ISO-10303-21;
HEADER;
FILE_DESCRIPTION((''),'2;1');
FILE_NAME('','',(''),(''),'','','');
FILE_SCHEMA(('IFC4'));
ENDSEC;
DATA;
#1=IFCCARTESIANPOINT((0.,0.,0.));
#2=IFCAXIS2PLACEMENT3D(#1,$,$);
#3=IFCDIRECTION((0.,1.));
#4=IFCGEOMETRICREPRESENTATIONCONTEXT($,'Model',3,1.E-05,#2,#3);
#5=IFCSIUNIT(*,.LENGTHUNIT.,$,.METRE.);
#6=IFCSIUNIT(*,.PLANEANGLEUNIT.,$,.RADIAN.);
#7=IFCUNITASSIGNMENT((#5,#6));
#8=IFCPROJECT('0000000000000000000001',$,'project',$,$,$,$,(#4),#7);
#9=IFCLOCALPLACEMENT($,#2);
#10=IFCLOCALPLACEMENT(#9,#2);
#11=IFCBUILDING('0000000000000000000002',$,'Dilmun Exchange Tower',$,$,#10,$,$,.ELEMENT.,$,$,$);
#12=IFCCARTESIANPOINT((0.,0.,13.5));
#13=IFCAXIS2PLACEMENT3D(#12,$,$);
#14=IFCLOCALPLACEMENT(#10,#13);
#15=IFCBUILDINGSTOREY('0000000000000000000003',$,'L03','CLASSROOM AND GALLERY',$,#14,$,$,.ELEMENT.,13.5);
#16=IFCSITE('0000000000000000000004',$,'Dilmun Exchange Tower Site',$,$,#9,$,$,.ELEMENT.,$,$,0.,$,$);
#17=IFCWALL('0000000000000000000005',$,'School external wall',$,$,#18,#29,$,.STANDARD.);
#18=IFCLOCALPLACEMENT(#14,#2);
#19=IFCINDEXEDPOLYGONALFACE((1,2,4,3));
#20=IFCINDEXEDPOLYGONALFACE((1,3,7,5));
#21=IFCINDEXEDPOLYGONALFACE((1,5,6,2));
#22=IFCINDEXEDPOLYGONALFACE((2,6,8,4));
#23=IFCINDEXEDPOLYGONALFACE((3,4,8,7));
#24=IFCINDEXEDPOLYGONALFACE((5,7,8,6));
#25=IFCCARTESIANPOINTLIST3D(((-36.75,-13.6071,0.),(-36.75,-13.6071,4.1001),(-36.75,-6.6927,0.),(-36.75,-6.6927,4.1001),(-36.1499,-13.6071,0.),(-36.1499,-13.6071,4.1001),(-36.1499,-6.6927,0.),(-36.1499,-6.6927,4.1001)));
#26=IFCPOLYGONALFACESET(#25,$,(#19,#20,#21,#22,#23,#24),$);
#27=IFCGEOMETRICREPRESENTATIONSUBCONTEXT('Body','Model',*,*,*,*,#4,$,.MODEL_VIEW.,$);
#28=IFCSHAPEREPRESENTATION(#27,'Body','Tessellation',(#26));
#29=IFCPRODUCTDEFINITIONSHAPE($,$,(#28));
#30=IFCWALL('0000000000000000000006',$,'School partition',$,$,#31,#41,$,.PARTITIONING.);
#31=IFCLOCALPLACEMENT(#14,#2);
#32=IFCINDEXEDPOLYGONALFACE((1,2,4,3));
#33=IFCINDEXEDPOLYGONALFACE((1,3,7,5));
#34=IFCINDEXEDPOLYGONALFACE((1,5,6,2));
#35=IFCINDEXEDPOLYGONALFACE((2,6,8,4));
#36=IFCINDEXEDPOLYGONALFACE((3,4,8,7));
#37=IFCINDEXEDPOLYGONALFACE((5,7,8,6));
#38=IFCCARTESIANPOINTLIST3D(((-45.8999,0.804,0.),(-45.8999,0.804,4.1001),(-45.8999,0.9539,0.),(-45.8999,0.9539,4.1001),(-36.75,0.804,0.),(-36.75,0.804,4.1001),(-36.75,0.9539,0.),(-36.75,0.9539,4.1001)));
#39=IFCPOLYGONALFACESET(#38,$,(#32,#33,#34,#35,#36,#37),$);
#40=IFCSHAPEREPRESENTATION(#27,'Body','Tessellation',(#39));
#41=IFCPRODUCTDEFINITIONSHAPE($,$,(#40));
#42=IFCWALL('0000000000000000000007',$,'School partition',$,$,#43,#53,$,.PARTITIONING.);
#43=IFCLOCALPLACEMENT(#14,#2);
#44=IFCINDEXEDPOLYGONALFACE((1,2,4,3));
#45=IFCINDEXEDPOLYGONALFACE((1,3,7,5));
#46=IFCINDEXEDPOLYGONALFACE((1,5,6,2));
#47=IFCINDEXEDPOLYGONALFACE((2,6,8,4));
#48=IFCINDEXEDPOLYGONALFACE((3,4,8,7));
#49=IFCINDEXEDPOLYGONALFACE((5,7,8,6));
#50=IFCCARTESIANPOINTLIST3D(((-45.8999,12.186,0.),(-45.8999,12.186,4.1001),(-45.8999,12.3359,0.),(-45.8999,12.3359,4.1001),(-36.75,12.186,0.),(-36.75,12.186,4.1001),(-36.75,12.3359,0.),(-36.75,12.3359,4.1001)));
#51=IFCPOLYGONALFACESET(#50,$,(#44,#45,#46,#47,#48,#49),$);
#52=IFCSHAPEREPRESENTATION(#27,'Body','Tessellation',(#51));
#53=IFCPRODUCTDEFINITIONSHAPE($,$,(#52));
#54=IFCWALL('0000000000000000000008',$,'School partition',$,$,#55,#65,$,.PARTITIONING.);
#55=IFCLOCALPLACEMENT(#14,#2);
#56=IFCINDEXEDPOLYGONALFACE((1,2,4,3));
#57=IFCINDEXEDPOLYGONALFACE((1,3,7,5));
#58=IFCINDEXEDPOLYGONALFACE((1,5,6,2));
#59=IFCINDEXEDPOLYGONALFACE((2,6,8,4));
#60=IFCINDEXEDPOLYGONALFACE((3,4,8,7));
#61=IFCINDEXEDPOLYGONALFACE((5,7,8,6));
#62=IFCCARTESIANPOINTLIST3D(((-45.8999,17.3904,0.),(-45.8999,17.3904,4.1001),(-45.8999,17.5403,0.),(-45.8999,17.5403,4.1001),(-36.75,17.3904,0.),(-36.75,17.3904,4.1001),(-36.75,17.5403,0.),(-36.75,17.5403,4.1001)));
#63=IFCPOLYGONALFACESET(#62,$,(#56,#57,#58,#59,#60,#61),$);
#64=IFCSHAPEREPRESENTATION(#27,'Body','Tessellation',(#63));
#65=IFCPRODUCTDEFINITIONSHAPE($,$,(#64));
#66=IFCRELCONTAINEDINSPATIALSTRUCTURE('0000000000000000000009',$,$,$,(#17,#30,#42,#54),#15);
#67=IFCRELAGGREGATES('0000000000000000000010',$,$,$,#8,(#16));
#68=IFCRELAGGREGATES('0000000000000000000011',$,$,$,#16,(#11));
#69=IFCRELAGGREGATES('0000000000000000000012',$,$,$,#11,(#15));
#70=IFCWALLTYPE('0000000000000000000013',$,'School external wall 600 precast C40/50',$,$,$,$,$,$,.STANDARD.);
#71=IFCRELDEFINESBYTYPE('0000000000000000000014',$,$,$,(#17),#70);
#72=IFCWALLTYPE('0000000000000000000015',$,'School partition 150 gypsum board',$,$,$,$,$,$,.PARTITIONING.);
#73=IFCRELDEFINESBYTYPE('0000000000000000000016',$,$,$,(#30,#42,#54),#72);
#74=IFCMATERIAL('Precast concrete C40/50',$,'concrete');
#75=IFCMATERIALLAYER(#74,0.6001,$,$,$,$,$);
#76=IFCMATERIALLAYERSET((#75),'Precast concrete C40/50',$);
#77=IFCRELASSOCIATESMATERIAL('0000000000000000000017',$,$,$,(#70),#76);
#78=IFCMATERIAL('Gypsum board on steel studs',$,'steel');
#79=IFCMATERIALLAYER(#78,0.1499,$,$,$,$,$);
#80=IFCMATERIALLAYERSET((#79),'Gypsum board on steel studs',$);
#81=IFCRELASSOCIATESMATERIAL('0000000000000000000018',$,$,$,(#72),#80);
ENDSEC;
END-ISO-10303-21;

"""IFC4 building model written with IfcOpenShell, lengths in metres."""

from ifc_helpers import new_model, si_unit, direction, frame, frame_2d, origin, place, context, subcontext, project, spatial, rectangle, extrude, material, layer, layer_set, type_object, element, save


model = new_model("IFC4")

# Units and contexts
model_context = context("Model", 3, precision=1e-05, world=origin(), true_north=direction((0.0, 1.0)))
body_context = subcontext(model_context, "Body", "Model", "MODEL_VIEW")
ifc_project = project(units=[si_unit("LENGTHUNIT", "METRE"), si_unit("PLANEANGLEUNIT", "RADIAN")], contexts=[model_context])

# Site, building, storey
site_placement = place(None, origin())
site = spatial("IfcSite", under=ifc_project, at=site_placement, Name="Dilmun Exchange Tower Site", CompositionType="ELEMENT", RefElevation=0.0)
building_placement = place(site_placement, origin())
building = spatial("IfcBuilding", under=site, at=building_placement, Name="Dilmun Exchange Tower", CompositionType="ELEMENT")
storey_placement = place(building_placement, frame((0.0, 0.0, 13.5)))
storey = spatial("IfcBuildingStorey", under=building, at=storey_placement, Name="L03", Description="CLASSROOM AND GALLERY", CompositionType="ELEMENT", Elevation=13.5)

# Walls
ifc_material_1 = material(Name="Precast concrete C40/50", Category="concrete")
ifc_layer_1 = layer(ifc_material_1, 0.6001)
ifc_layer_set_1 = layer_set([ifc_layer_1], Name="Precast concrete C40/50")
wall_type_1 = type_object("IfcWallType", Name="School external wall 600 precast C40/50", PredefinedType="STANDARD", material=ifc_layer_set_1)
for number, where, z_axis, x_axis, name in (
    (1, (-36.45, -6.6929, 0.0), (0.0, 0.0, 1.0), (0.0, -1.0, 0.0), "School external wall"),
):
    element("IfcWall", number, at=place(storey_placement, frame(where, z_axis=z_axis, x_axis=x_axis)), inside=storey, type_object=wall_type_1, Name=name, PredefinedType="STANDARD", context=body_context, shape_type="SweptSolid", body=[
        extrude(rectangle(XDim=6.9143, YDim=0.6001, at=frame_2d((3.457, 0.0))), origin(), (0.0, 0.0, 1.0), 4.1001),
    ])
ifc_material_2 = material(Name="Gypsum board on steel studs", Category="steel")
ifc_layer_2 = layer(ifc_material_2, 0.1499)
ifc_layer_set_2 = layer_set([ifc_layer_2], Name="Gypsum board on steel studs")
wall_type_2 = type_object("IfcWallType", Name="School partition 150 gypsum board", PredefinedType="PARTITIONING", material=ifc_layer_set_2)
for number, where, z_axis, x_axis, name in (
    (2, (-45.8999, 0.8789, 0.0), (0.0, 0.0, 1.0), (1.0, 0.0, 0.0), "School partition"),
    (3, (-45.8999, 12.261, 0.0), (0.0, 0.0, 1.0), (1.0, 0.0, 0.0), "School partition"),
    (4, (-45.8999, 17.4653, 0.0), (0.0, 0.0, 1.0), (1.0, 0.0, 0.0), "School partition"),
):
    element("IfcWall", number, at=place(storey_placement, frame(where, z_axis=z_axis, x_axis=x_axis)), inside=storey, type_object=wall_type_2, Name=name, PredefinedType="PARTITIONING", context=body_context, shape_type="SweptSolid", body=[
        extrude(rectangle(XDim=9.1499, YDim=0.1499, at=frame_2d((4.575, 0.0))), origin(), (0.0, 0.0, 1.0), 4.1001),
    ])

save(model, "model.ifc")
